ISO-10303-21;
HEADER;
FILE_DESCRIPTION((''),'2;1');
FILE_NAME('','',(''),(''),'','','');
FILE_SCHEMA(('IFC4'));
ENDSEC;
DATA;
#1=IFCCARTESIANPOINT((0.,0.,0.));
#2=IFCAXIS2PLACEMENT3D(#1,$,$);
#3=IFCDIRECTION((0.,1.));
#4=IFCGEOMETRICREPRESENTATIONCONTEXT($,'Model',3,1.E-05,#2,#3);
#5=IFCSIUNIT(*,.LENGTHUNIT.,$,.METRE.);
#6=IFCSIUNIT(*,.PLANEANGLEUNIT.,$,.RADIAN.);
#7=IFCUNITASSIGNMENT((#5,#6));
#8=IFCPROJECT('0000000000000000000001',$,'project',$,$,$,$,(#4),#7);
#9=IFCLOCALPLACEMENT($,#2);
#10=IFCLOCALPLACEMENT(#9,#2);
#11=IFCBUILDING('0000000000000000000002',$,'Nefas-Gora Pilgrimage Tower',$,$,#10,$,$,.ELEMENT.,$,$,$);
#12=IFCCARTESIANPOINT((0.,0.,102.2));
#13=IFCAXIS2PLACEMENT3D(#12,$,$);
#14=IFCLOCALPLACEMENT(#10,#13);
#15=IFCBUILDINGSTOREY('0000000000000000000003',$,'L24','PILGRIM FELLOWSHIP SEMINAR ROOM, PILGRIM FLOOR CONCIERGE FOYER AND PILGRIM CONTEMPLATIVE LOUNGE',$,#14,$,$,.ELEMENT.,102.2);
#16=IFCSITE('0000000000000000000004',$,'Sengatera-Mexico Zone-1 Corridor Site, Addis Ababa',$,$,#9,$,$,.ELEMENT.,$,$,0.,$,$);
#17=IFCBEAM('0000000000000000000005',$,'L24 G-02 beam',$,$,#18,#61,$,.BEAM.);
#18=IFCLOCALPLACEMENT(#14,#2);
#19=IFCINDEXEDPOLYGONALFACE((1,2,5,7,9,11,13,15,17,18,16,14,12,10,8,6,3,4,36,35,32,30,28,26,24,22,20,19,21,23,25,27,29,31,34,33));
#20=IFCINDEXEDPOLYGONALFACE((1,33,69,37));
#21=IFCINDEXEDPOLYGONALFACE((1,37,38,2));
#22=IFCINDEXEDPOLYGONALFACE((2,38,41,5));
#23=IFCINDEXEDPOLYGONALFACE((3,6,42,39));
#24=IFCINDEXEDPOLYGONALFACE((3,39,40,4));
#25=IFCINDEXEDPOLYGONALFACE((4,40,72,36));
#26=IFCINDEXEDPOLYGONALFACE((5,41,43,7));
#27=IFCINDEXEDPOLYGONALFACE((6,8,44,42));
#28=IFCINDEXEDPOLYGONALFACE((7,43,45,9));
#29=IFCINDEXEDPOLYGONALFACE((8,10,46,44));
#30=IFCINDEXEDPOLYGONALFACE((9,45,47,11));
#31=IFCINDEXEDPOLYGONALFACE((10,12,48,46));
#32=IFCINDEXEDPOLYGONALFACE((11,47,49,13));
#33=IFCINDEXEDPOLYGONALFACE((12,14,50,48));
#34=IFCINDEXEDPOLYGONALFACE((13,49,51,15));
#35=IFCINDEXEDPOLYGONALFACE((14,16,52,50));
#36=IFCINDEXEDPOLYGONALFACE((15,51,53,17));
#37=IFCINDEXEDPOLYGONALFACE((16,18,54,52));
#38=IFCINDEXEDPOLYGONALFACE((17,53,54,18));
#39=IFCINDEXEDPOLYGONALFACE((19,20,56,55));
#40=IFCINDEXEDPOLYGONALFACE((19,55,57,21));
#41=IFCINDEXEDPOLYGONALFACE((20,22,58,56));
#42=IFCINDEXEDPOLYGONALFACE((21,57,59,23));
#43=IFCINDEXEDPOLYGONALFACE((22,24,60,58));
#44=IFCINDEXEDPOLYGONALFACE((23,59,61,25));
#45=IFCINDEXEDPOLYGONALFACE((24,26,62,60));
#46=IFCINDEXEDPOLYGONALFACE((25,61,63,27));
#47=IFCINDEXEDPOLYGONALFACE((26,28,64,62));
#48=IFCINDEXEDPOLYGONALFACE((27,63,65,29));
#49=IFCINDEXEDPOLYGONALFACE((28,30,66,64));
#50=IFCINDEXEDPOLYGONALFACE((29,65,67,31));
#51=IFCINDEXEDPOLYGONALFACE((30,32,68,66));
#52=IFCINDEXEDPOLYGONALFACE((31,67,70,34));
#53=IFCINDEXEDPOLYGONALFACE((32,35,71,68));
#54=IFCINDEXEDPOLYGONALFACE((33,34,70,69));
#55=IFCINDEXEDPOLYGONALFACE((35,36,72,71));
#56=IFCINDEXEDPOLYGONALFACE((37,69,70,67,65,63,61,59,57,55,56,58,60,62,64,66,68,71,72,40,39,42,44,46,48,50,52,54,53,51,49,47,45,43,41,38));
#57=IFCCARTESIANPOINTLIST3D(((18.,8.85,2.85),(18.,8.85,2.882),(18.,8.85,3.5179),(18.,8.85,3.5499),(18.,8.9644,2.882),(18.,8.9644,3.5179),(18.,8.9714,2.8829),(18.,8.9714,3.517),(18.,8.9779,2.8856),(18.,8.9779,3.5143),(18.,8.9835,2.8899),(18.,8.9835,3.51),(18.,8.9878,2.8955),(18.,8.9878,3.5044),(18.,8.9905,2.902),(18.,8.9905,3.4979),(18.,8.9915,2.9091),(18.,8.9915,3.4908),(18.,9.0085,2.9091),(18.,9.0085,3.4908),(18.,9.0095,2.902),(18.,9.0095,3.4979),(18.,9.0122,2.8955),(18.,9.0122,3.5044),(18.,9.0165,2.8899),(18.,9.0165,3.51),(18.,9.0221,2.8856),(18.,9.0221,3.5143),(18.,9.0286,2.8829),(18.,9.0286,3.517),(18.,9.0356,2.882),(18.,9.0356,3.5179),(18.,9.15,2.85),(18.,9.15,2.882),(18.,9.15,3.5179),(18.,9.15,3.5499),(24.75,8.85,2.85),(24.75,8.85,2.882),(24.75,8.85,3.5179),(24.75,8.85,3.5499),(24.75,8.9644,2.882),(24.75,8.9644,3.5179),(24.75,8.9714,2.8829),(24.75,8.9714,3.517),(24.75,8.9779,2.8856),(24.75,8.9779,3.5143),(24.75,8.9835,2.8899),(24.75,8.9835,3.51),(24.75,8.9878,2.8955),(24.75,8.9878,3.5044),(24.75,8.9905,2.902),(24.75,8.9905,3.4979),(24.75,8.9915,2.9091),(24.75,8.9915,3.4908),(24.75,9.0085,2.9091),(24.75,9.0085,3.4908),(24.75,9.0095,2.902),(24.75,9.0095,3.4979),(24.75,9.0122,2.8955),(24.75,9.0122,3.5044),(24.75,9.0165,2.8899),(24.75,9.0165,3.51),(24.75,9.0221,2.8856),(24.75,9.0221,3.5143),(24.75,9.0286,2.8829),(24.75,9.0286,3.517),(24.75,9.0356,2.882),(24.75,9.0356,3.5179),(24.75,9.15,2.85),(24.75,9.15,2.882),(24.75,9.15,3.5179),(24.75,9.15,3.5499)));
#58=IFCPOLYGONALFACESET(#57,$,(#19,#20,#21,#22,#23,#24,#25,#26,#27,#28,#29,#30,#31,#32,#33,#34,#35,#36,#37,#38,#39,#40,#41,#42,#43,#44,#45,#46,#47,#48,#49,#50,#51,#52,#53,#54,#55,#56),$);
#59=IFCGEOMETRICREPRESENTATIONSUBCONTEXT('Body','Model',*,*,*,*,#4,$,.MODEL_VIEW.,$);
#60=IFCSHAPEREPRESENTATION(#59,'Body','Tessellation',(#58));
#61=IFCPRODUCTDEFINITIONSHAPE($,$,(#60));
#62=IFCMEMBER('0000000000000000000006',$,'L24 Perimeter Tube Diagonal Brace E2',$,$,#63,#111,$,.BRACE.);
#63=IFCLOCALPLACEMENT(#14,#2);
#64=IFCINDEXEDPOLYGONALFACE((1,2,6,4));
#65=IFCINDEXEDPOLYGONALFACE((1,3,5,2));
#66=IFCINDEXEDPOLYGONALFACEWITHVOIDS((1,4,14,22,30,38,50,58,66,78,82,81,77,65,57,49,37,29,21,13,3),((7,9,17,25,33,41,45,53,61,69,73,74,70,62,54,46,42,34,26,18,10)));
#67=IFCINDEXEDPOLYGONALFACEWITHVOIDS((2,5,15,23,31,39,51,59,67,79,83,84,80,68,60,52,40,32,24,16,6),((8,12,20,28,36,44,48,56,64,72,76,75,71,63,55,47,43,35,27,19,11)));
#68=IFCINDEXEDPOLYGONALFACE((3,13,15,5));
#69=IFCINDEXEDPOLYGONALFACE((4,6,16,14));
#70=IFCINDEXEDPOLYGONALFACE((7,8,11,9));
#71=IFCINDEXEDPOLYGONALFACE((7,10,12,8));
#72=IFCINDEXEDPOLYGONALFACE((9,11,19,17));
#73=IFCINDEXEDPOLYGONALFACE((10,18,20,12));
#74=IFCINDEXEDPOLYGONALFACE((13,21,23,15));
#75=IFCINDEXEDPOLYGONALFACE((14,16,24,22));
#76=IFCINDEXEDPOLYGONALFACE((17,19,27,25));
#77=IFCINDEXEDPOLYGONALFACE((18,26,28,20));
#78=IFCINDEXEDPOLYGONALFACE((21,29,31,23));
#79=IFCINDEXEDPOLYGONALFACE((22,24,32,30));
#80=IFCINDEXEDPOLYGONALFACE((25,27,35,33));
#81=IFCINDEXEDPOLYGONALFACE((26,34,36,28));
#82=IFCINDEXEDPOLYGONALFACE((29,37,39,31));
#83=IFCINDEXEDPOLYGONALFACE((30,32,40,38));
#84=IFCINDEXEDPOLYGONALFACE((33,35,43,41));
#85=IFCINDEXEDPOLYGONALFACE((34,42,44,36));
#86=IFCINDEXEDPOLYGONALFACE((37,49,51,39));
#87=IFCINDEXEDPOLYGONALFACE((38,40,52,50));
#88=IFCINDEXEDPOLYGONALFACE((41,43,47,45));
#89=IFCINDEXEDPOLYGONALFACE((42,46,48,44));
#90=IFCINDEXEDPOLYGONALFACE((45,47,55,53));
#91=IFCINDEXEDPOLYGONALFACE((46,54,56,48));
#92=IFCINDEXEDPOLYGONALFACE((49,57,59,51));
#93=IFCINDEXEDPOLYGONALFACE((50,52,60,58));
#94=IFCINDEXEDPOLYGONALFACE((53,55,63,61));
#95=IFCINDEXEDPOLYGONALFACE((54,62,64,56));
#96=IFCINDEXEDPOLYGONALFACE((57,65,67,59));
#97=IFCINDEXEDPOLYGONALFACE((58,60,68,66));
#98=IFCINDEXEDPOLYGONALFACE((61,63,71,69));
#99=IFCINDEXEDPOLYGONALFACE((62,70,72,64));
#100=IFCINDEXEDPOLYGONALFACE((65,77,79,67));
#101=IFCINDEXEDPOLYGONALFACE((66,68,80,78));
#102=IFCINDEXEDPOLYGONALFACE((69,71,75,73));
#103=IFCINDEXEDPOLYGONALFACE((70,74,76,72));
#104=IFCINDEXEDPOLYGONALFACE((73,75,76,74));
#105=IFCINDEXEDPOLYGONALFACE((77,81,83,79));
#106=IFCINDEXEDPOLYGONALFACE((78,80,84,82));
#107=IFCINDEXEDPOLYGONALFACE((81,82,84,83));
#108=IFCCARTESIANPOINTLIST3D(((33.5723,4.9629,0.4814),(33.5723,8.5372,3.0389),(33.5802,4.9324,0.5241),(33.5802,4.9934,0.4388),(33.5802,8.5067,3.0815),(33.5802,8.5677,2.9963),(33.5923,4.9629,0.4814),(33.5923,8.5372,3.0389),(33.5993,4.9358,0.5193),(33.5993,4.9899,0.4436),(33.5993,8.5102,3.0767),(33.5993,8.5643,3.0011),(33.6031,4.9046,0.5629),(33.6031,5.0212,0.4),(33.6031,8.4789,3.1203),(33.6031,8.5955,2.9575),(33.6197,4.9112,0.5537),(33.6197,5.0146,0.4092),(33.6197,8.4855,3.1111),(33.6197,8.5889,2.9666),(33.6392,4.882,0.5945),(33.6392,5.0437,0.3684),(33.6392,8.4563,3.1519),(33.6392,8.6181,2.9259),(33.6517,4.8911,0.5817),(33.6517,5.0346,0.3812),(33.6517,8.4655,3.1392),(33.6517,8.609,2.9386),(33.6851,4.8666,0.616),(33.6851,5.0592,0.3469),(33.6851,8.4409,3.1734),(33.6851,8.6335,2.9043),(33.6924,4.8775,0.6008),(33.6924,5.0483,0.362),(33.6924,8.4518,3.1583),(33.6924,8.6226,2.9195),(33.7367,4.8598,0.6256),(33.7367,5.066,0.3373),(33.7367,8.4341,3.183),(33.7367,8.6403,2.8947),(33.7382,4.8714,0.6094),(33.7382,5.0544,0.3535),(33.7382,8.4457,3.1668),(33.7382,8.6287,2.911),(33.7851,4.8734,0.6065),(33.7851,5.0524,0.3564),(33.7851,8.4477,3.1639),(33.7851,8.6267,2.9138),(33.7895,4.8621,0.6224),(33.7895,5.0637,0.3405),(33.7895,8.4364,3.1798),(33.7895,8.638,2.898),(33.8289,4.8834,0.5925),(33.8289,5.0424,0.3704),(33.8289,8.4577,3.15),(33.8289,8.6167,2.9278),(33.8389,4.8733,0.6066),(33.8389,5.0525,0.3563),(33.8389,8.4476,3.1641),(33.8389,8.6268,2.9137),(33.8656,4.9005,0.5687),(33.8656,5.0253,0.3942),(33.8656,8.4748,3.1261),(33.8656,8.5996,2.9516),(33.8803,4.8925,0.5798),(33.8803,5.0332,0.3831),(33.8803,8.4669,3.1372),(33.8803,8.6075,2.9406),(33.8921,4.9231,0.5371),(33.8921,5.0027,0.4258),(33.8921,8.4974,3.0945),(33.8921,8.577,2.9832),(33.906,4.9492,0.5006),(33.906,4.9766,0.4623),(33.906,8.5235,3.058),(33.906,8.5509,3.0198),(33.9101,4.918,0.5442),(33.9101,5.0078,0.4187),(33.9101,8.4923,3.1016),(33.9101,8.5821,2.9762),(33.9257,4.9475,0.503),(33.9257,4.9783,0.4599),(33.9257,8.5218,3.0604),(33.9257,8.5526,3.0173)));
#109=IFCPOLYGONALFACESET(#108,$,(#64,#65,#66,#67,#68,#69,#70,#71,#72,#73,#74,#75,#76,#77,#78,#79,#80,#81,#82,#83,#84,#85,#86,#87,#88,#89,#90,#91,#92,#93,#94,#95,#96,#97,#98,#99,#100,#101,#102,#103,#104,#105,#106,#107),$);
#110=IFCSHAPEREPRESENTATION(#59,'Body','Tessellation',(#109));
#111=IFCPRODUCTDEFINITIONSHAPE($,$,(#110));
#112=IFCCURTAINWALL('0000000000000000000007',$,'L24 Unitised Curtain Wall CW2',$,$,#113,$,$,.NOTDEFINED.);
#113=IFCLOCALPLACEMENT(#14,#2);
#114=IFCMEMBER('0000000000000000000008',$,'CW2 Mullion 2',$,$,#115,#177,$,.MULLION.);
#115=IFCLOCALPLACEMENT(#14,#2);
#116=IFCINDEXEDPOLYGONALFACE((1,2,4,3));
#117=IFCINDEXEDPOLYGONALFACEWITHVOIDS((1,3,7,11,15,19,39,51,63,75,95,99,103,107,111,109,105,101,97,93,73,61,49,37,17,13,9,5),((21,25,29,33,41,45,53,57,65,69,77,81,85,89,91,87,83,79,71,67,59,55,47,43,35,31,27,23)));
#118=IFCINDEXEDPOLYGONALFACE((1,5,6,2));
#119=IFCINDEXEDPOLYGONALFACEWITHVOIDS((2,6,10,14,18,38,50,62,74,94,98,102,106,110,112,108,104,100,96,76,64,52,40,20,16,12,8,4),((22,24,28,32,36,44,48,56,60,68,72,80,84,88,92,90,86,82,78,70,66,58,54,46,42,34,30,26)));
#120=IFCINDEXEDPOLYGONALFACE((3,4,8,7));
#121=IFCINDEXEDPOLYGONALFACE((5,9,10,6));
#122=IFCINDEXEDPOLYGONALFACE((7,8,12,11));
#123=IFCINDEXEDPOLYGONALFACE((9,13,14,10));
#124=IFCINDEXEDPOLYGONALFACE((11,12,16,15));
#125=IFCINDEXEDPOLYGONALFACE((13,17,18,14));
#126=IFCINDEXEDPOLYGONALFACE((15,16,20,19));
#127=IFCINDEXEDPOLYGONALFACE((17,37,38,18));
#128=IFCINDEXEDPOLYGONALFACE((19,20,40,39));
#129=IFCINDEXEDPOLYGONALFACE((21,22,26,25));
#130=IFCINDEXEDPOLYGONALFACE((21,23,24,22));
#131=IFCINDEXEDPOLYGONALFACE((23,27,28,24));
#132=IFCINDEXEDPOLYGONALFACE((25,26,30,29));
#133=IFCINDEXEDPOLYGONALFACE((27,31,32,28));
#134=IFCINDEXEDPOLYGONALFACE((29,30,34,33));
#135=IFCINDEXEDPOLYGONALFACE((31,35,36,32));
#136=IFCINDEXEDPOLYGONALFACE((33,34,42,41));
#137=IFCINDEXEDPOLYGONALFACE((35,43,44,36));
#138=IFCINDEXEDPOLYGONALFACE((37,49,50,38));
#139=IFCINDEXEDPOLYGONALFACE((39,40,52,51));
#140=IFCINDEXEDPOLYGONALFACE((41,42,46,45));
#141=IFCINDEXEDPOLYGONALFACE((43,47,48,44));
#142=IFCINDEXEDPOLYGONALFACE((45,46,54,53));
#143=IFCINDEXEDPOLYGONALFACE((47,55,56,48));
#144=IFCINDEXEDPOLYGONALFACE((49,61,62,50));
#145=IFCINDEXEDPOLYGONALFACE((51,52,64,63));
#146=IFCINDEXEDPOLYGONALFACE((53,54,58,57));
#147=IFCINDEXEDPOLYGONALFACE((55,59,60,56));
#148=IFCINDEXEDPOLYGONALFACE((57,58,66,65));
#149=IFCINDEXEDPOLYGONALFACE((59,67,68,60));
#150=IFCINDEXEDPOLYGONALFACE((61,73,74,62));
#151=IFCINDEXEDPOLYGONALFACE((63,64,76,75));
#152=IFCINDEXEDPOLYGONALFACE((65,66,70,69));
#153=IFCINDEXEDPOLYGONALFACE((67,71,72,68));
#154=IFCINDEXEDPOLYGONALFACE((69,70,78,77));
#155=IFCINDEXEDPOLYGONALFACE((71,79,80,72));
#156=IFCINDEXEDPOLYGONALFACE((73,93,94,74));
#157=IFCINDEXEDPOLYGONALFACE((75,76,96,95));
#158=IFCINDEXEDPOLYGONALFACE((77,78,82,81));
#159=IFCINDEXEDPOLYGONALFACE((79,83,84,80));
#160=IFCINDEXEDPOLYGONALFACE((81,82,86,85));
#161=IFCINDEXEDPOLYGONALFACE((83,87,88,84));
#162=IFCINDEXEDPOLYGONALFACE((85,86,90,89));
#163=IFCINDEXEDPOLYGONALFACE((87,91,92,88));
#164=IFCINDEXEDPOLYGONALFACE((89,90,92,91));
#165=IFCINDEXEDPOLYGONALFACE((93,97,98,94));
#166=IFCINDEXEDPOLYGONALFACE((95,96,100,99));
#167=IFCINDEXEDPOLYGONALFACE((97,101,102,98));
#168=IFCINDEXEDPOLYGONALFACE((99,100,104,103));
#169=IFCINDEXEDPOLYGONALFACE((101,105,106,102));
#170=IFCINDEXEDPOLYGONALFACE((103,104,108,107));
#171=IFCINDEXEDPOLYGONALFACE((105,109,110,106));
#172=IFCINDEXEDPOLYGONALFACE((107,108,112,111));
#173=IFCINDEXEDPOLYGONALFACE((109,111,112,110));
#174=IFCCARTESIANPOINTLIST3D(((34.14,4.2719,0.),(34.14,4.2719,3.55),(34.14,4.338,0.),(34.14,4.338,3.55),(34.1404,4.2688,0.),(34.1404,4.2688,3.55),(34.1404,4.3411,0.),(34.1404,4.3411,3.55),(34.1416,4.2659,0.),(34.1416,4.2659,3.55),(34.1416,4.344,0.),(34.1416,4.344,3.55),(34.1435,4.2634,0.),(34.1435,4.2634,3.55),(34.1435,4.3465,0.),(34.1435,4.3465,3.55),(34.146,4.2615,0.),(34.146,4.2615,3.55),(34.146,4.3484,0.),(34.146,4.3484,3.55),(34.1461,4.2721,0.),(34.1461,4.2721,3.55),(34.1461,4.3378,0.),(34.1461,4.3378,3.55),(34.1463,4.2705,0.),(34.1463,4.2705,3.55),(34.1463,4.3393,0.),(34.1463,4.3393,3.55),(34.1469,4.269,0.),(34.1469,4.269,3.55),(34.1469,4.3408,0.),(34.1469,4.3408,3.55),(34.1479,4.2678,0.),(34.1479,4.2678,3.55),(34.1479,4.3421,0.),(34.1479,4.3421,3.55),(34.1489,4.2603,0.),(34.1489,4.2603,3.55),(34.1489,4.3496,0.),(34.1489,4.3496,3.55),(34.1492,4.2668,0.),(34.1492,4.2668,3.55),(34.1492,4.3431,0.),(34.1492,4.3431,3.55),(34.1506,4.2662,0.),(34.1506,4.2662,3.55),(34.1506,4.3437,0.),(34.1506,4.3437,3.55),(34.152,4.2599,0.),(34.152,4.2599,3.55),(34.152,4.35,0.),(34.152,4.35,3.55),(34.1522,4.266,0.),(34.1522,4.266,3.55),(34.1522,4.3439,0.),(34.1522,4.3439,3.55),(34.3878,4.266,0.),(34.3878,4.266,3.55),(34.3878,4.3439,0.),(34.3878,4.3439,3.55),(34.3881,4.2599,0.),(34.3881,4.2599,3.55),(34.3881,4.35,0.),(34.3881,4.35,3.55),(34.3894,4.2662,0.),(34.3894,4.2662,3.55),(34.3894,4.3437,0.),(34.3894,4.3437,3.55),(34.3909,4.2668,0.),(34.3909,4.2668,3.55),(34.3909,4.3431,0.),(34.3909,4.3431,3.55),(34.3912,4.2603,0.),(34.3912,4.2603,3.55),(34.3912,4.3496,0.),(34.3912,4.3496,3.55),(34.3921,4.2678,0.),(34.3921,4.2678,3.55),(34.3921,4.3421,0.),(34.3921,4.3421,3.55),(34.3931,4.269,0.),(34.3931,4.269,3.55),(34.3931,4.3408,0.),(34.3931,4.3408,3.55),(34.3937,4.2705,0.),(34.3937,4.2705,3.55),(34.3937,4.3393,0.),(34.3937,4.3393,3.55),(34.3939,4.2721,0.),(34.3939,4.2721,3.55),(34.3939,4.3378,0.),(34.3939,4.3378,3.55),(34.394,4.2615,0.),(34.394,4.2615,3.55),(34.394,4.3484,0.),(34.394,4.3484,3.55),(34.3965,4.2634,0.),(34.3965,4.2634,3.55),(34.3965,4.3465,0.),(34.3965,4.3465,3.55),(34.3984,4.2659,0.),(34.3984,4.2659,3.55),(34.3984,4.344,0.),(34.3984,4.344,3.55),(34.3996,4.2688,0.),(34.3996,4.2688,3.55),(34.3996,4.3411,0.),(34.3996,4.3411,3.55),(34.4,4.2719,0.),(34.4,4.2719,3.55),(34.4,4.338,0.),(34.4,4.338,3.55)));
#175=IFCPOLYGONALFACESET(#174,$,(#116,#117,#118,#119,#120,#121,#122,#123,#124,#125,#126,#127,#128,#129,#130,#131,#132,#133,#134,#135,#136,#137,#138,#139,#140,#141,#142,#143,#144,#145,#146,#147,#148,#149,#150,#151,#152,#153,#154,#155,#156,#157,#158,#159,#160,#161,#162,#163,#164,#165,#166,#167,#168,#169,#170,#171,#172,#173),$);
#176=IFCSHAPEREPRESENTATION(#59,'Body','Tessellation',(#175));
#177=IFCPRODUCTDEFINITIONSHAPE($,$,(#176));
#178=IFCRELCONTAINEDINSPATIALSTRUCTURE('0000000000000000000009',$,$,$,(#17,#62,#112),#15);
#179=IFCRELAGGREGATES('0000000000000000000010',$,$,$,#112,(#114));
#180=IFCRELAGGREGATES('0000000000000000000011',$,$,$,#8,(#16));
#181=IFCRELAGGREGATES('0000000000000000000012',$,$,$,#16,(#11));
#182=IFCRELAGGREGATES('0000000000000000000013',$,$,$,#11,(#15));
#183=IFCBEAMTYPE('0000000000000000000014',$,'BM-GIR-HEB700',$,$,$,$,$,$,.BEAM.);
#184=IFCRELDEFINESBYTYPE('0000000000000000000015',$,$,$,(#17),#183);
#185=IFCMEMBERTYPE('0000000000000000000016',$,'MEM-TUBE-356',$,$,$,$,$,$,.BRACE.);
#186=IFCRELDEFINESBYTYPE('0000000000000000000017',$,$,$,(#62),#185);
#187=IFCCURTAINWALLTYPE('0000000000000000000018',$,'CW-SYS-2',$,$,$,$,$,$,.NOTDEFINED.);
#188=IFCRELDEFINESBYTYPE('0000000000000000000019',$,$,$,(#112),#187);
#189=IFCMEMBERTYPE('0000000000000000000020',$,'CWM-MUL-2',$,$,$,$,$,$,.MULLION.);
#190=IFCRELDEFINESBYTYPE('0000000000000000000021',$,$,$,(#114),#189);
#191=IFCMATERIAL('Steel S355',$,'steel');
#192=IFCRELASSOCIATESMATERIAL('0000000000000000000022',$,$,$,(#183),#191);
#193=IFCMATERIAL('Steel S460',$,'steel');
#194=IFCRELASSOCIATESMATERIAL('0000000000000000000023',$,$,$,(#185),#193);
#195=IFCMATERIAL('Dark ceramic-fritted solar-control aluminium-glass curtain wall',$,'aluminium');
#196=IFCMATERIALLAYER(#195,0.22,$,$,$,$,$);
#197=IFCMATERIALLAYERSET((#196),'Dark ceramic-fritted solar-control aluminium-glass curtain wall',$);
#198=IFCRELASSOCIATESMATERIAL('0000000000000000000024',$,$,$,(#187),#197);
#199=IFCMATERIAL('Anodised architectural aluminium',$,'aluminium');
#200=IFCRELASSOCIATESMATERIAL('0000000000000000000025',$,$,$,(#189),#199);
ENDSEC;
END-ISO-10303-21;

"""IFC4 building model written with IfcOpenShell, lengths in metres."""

from ifc_helpers import new_model, si_unit, direction, frame, origin, origin_2d, place, context, subcontext, project, spatial, hollow_rectangle, hollow_circle, i_section, extrude, source, transform, mapped, material, layer, layer_set, material_profile, profile_set, type_object, element, aggregate, save


model = new_model("IFC4")

# Units and contexts
model_context = context("Model", 3, precision=1e-05, world=origin(), true_north=direction((0.0, 1.0)))
body_context = subcontext(model_context, "Body", "Model", "MODEL_VIEW")
ifc_project = project(units=[si_unit("LENGTHUNIT", "METRE"), si_unit("PLANEANGLEUNIT", "RADIAN")], contexts=[model_context])

# Site, building, storey
site_placement = place(None, origin())
site = spatial("IfcSite", under=ifc_project, at=site_placement, Name="Sengatera-Mexico Zone-1 Corridor Site, Addis Ababa", CompositionType="ELEMENT", RefElevation=0.0)
building_placement = place(site_placement, origin())
building = spatial("IfcBuilding", under=site, at=building_placement, Name="Nefas-Gora Pilgrimage Tower", CompositionType="ELEMENT")
storey_placement = place(building_placement, frame((0.0, 0.0, 102.2)))
storey = spatial("IfcBuildingStorey", under=building, at=storey_placement, Name="L24", Description="PILGRIM FELLOWSHIP SEMINAR ROOM, PILGRIM FLOOR CONCIERGE FOYER AND PILGRIM CONTEMPLATIVE LOUNGE", CompositionType="ELEMENT", Elevation=102.2)

# Shared definitions
ifc_material_1 = material(Name="Steel S460", Category="steel")

# Beam
ifc_material_2 = material(Name="Steel S355", Category="steel")
ifc_material_profile_1 = material_profile(ifc_material_2, i_section(OverallWidth=0.3, OverallDepth=0.7, WebThickness=0.0171, FlangeThickness=0.032, FilletRadius=0.0271, at=origin_2d()), Name="HEB 700")
ifc_profile_set_1 = profile_set([ifc_material_profile_1], Name="Steel S355")
beam_type_1 = type_object("IfcBeamType", Name="BM-GIR-HEB700", PredefinedType="BEAM", material=ifc_profile_set_1)
shared_shape_1 = source(origin(), body_context, "Body", "SweptSolid", [
    extrude(i_section(OverallWidth=0.3, OverallDepth=0.7, WebThickness=0.0171, FlangeThickness=0.032, FilletRadius=0.0271, at=origin_2d()), origin(), (0.0, 0.0, 1.0), 6.75),
])
for number, where, z_axis, x_axis, name in (
    (1, (18.0, 9.0, 3.2), (1.0, 0.0, 0.0), (0.0, 1.0, 0.0), "L24 G-02 beam"),
):
    element("IfcBeam", number, at=place(storey_placement, frame(where, z_axis=z_axis, x_axis=x_axis)), inside=storey, type_object=beam_type_1, Name=name, PredefinedType="BEAM", context=body_context, shape_type="MappedRepresentation", body=[
        mapped(shared_shape_1, transform((0.0, 0.0, 0.0), x_axis=(1.0, 0.0, 0.0), y_axis=(0.0, 1.0, 0.0), z_axis=(0.0, 0.0, 1.0), scale=1.0)),
    ])

# Member
ifc_material_profile_2 = material_profile(ifc_material_1, hollow_circle(Radius=0.1777, WallThickness=0.02, at=origin_2d()), Name="CHS 355.6x20")
ifc_profile_set_2 = profile_set([ifc_material_profile_2], Name="Steel S460")
member_type_1 = type_object("IfcMemberType", Name="MEM-TUBE-356", PredefinedType="BRACE", material=ifc_profile_set_2)
shared_shape_2 = source(origin(), body_context, "Body", "SweptSolid", [
    extrude(hollow_circle(Radius=0.1777, WallThickness=0.02, at=origin_2d()), origin(), (0.0, 0.0, 1.0), 4.395),
])
member_1_placement = place(storey_placement, frame((33.75, 4.9629, 0.4814), z_axis=(0.0, 0.813264, 0.581895), x_axis=(-1.0, 0.0, 0.0)))
element("IfcMember", 2, at=member_1_placement, inside=storey, type_object=member_type_1, Name="L24 Perimeter Tube Diagonal Brace E2", PredefinedType="BRACE", context=body_context, shape_type="MappedRepresentation", body=[
    mapped(shared_shape_2, transform((0.0, 0.0, 0.0), x_axis=(1.0, 0.0, 0.0), y_axis=(0.0, 1.0, 0.0), z_axis=(0.0, 0.0, 1.0), scale=1.0)),
])

# Curtain wall, member
ifc_material_3 = material(Name="Dark ceramic-fritted solar-control aluminium-glass curtain wall", Category="aluminium")
ifc_layer_1 = layer(ifc_material_3, 0.22)
ifc_layer_set_1 = layer_set([ifc_layer_1], Name="Dark ceramic-fritted solar-control aluminium-glass curtain wall")
curtain_wall_type = type_object("IfcCurtainWallType", Name="CW-SYS-2", PredefinedType="NOTDEFINED", material=ifc_layer_set_1)
curtain_wall_1_placement = place(storey_placement, origin())
curtain_wall_1 = element("IfcCurtainWall", 3, at=curtain_wall_1_placement, inside=storey, type_object=curtain_wall_type, Name="L24 Unitised Curtain Wall CW2", PredefinedType="NOTDEFINED")
ifc_material_4 = material(Name="Anodised architectural aluminium", Category="aluminium")
ifc_material_profile_3 = material_profile(ifc_material_4, hollow_rectangle(XDim=0.0901, YDim=0.26, WallThickness=0.0061, InnerFilletRadius=0.0061, OuterFilletRadius=0.012, at=origin_2d()), Name="ALU MULLION 90x260")
ifc_profile_set_3 = profile_set([ifc_material_profile_3], Name="Anodised architectural aluminium")
member_type_2 = type_object("IfcMemberType", Name="CWM-MUL-2", PredefinedType="MULLION", material=ifc_profile_set_3)
shared_shape_3 = source(origin(), body_context, "Body", "SweptSolid", [
    extrude(hollow_rectangle(XDim=0.0901, YDim=0.26, WallThickness=0.0061, InnerFilletRadius=0.0061, OuterFilletRadius=0.012, at=origin_2d()), origin(), (0.0, 0.0, 1.0), 3.55),
])
member_2_placement = place(storey_placement, frame((34.27, 4.3049, 0.0), z_axis=(0.0, 0.0, 1.0), x_axis=(0.0, 1.0, 0.0)))
member_2 = element("IfcMember", 4, at=member_2_placement, type_object=member_type_2, Name="CW2 Mullion 2", PredefinedType="MULLION", context=body_context, shape_type="MappedRepresentation", body=[
    mapped(shared_shape_3, transform((0.0, 0.0, 0.0), x_axis=(1.0, 0.0, 0.0), y_axis=(0.0, 1.0, 0.0), z_axis=(0.0, 0.0, 1.0), scale=1.0)),
])

aggregate(curtain_wall_1, [member_2])

save(model, "model.ifc")
